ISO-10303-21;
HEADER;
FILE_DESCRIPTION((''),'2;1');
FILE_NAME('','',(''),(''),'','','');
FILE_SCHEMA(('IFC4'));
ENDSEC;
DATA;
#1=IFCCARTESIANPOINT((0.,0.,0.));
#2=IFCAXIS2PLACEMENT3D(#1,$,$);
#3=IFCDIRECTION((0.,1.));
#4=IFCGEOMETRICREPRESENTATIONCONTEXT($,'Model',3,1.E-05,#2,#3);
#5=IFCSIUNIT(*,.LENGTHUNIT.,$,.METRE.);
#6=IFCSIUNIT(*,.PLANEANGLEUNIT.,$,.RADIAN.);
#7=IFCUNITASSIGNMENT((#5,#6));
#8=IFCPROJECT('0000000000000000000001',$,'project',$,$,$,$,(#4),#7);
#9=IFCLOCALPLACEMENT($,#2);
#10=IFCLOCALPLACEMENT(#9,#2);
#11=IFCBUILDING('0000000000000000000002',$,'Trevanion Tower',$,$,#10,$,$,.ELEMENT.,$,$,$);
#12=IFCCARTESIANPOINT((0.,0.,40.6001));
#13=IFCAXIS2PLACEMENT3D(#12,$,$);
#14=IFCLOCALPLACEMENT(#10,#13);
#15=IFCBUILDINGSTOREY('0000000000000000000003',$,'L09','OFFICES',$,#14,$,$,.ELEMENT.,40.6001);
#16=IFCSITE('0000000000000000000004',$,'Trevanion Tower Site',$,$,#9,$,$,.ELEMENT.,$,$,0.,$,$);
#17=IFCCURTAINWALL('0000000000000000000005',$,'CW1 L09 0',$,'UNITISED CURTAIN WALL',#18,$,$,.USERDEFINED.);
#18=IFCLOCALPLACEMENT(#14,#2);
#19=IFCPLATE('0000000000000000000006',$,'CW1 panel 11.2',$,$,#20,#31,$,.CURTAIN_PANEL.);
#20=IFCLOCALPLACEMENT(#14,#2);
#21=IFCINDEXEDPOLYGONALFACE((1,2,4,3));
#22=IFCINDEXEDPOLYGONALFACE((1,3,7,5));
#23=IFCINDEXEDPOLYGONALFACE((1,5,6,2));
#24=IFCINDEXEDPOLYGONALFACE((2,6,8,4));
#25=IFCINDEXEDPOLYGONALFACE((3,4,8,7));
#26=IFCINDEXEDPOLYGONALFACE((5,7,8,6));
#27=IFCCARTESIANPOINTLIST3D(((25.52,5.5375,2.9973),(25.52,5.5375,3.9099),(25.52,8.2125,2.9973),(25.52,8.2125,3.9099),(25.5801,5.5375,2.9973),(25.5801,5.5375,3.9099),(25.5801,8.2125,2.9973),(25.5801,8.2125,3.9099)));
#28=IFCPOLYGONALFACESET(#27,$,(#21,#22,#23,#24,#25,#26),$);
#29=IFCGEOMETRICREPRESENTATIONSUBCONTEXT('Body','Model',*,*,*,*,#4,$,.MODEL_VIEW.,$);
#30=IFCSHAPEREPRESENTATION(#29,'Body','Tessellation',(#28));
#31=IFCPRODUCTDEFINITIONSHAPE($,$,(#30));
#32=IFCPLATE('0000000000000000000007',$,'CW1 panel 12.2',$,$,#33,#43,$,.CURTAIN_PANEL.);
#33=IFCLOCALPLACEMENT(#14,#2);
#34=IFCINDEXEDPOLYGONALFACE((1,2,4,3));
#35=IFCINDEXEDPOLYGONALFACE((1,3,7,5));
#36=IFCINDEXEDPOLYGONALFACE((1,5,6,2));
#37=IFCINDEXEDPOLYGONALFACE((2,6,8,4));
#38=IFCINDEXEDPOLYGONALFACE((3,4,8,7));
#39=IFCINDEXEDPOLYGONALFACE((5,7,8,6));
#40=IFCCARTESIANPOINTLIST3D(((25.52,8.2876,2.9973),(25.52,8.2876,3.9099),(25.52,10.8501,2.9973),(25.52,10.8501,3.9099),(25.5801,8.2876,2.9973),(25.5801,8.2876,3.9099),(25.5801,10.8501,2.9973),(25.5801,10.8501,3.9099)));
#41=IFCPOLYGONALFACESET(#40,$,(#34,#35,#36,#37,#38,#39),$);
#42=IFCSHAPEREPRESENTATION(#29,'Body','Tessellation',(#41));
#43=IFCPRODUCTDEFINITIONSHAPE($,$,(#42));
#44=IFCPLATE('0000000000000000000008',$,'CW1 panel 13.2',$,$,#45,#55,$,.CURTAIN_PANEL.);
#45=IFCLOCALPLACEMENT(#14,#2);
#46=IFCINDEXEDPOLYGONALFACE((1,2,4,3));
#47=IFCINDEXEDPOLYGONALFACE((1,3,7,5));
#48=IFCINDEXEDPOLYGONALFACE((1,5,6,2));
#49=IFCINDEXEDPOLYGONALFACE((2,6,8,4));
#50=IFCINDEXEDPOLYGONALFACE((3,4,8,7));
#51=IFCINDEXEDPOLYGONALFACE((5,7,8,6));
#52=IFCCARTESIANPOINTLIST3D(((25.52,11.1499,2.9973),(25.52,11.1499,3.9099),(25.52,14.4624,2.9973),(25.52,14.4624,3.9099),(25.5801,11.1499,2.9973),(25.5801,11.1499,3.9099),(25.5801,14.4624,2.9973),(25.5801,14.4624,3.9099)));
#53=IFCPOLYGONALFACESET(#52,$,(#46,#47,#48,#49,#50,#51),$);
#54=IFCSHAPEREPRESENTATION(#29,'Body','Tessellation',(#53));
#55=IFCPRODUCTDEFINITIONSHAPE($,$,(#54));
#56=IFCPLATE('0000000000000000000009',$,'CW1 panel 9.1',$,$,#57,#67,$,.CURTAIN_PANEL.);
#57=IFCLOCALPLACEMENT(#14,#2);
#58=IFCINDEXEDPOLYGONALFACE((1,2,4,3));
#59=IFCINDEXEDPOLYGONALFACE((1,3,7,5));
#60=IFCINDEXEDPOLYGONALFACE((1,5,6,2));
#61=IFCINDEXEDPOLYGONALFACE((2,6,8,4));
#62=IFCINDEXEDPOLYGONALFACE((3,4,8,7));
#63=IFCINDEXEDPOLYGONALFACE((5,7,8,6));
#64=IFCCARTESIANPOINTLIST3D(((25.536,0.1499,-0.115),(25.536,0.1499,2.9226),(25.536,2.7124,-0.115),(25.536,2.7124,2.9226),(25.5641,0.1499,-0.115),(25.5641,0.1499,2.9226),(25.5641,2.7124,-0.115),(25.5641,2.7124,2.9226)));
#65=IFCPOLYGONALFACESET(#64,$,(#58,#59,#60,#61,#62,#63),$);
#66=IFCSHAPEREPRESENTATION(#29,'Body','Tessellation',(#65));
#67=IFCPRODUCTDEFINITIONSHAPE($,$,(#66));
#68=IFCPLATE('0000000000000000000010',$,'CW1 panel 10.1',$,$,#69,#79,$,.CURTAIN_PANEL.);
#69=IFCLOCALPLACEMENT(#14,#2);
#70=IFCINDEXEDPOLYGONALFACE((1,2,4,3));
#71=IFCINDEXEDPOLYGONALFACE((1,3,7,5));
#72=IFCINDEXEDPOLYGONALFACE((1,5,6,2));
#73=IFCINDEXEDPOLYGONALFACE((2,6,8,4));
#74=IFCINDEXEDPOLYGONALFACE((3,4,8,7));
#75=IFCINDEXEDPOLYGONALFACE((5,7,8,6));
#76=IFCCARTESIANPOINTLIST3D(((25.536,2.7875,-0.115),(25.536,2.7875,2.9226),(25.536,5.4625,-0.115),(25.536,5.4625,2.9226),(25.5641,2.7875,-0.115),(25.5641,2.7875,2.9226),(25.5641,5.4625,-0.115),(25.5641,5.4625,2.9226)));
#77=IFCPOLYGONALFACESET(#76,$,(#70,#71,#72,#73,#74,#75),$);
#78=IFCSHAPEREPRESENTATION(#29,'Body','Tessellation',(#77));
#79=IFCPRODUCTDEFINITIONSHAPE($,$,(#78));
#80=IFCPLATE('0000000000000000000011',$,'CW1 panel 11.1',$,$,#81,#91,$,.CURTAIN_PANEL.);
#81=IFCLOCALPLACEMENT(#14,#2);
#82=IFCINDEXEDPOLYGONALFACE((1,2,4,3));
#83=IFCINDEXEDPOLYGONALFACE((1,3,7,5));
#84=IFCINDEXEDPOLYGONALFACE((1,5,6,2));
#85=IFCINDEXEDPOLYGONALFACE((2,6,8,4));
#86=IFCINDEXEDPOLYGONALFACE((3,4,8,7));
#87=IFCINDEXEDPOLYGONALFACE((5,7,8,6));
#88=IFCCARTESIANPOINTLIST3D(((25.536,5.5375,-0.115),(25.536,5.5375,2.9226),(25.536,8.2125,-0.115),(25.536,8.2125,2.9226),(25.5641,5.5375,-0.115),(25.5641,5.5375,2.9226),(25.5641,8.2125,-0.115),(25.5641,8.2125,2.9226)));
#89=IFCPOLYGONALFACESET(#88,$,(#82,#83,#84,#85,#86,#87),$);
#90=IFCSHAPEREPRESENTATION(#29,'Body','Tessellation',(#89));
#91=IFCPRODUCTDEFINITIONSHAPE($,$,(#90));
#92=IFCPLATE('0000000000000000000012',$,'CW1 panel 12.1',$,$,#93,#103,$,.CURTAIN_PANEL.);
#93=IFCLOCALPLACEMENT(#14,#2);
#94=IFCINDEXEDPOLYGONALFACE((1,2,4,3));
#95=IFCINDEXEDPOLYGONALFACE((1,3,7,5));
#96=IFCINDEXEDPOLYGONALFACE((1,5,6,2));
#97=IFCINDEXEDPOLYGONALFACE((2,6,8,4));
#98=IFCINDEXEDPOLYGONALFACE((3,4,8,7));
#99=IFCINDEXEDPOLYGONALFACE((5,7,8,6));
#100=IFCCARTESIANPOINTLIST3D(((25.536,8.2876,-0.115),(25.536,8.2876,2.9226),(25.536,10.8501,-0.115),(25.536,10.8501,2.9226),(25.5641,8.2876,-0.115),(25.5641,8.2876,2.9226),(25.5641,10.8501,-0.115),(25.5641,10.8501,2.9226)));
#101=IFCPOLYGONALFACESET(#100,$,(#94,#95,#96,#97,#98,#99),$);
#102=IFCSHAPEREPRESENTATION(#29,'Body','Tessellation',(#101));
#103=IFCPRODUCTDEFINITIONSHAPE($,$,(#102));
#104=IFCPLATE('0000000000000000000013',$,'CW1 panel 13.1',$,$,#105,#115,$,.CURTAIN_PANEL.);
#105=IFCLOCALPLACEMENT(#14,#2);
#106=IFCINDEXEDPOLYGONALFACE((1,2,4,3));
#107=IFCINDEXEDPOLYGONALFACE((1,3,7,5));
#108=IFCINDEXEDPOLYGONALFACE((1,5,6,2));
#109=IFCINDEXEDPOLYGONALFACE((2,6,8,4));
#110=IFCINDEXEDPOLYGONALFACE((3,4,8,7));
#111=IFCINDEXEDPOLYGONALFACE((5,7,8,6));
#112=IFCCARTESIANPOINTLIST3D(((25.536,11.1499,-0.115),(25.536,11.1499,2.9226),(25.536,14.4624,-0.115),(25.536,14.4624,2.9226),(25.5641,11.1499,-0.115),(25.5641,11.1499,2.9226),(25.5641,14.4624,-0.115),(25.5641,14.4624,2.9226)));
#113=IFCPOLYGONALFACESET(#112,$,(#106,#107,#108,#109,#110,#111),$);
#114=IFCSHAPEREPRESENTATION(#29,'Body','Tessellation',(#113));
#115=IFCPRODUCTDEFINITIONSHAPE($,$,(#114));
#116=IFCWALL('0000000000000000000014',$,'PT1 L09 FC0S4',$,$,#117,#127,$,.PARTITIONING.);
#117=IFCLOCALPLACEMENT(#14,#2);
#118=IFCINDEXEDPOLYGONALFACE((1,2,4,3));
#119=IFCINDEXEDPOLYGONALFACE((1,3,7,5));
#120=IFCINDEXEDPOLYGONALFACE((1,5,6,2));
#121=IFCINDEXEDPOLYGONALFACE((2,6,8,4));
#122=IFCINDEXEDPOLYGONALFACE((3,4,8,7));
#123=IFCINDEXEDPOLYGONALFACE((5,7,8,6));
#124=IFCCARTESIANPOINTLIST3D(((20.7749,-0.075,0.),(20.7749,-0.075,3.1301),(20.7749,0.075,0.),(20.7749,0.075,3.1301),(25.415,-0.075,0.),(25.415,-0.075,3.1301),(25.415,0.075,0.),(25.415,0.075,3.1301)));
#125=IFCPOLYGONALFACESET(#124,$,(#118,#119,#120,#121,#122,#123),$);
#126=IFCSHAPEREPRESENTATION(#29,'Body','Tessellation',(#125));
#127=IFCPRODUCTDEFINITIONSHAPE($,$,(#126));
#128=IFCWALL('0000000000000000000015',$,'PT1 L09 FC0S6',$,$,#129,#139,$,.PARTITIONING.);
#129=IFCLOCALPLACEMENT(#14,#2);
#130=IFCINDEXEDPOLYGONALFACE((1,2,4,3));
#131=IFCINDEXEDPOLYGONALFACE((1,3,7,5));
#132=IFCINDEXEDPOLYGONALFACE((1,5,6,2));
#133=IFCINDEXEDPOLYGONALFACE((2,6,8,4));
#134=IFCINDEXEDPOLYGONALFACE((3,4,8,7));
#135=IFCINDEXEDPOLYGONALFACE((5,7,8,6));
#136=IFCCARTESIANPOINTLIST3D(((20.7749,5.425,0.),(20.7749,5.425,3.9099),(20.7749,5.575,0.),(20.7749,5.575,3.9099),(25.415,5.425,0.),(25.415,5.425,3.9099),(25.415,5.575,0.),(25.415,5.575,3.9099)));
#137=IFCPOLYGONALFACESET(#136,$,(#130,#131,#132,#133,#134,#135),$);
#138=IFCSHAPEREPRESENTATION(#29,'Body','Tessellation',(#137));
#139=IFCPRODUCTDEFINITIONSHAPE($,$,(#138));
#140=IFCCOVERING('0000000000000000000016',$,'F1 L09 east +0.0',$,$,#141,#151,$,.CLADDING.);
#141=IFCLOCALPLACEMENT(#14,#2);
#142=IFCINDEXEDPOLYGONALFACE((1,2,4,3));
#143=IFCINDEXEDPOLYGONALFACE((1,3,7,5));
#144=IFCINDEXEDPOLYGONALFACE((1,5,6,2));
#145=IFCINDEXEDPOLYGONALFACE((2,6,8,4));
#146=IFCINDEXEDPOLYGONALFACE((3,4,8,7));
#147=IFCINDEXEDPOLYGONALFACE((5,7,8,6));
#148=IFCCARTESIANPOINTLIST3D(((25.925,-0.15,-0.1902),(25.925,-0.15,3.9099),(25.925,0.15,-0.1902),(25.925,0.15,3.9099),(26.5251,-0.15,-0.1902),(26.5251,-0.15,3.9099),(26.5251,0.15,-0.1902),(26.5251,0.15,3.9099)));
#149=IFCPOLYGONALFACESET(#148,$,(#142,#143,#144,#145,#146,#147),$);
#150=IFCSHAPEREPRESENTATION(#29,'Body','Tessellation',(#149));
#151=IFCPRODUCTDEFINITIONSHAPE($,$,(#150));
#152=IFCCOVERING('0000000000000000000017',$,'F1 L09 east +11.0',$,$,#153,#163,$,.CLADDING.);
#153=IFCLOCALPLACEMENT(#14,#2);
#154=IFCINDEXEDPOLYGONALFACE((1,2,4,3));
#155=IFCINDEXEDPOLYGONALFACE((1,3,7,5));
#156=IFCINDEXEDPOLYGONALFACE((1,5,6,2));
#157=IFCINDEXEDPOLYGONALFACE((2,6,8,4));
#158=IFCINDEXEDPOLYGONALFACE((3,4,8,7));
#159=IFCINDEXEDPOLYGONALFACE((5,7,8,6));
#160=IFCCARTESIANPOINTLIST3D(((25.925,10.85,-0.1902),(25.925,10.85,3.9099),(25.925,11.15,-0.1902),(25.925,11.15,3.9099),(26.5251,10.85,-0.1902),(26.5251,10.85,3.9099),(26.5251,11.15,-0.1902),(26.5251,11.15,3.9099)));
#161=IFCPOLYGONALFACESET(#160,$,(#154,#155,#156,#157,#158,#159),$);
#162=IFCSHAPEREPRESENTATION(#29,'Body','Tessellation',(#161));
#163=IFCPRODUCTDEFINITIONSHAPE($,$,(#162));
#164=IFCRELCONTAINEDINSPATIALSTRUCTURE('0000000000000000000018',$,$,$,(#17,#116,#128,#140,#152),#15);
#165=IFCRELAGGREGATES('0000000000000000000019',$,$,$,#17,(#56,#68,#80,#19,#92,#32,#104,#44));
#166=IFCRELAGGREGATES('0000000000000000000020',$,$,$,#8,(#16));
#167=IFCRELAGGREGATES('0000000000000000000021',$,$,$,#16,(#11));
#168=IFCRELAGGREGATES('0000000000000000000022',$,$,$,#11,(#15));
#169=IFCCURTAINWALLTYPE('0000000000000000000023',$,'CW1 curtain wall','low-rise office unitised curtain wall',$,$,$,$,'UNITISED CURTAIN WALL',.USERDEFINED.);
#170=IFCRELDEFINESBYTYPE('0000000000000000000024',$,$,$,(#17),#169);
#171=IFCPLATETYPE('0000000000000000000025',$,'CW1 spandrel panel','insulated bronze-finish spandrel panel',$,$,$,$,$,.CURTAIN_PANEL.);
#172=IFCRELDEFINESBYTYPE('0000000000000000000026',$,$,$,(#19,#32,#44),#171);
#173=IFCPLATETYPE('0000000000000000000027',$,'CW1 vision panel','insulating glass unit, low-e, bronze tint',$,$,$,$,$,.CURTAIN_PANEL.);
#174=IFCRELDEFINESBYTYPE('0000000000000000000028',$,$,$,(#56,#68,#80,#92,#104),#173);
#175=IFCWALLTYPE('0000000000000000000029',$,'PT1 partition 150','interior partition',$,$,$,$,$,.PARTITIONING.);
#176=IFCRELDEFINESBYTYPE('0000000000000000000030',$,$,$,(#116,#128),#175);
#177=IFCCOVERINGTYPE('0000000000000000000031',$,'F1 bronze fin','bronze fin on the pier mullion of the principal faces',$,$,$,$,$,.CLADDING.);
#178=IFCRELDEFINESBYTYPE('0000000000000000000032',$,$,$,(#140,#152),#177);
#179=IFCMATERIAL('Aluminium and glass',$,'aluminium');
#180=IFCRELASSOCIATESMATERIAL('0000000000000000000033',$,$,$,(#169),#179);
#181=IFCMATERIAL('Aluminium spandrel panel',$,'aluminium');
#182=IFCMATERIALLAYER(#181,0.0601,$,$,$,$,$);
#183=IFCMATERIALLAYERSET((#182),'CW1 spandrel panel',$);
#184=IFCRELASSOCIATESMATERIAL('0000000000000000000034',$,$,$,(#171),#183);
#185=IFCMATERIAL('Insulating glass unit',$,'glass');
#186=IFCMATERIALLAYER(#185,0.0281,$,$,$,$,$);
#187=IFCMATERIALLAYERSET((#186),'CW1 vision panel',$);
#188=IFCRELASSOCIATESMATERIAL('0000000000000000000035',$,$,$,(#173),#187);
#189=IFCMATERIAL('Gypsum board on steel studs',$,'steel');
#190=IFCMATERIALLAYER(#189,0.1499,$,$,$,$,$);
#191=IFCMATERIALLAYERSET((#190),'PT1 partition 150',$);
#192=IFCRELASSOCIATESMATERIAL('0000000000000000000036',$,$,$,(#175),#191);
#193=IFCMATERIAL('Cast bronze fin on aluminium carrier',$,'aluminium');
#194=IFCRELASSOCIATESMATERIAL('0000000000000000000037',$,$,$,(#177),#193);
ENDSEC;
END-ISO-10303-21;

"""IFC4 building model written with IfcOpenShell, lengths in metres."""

from ifc_helpers import new_model, si_unit, direction, frame, frame_2d, origin, origin_2d, place, context, subcontext, project, spatial, rectangle, extrude, material, layer, layer_set, type_object, element, aggregate, save


model = new_model("IFC4")

# Units and contexts
model_context = context("Model", 3, precision=1e-05, world=origin(), true_north=direction((0.0, 1.0)))
body_context = subcontext(model_context, "Body", "Model", "MODEL_VIEW")
ifc_project = project(units=[si_unit("LENGTHUNIT", "METRE"), si_unit("PLANEANGLEUNIT", "RADIAN")], contexts=[model_context])

# Site, building, storey
site_placement = place(None, origin())
site = spatial("IfcSite", under=ifc_project, at=site_placement, Name="Trevanion Tower Site", CompositionType="ELEMENT", RefElevation=0.0)
building_placement = place(site_placement, origin())
building = spatial("IfcBuilding", under=site, at=building_placement, Name="Trevanion Tower", CompositionType="ELEMENT")
storey_placement = place(building_placement, frame((0.0, 0.0, 40.6001)))
storey = spatial("IfcBuildingStorey", under=building, at=storey_placement, Name="L09", Description="OFFICES", CompositionType="ELEMENT", Elevation=40.6001)

# Curtain wall
ifc_material_1 = material(Name="Aluminium and glass", Category="aluminium")
curtain_wall_type = type_object("IfcCurtainWallType", Name="CW1 curtain wall", Description="low-rise office unitised curtain wall", ElementType="UNITISED CURTAIN WALL", PredefinedType="USERDEFINED", material=ifc_material_1)
curtain_wall_placement = place(storey_placement, origin())
curtain_wall = element("IfcCurtainWall", 1, at=curtain_wall_placement, inside=storey, type_object=curtain_wall_type, Name="CW1 L09 0", ObjectType="UNITISED CURTAIN WALL", PredefinedType="USERDEFINED")

# Plates
ifc_material_2 = material(Name="Aluminium spandrel panel", Category="aluminium")
ifc_layer_1 = layer(ifc_material_2, 0.0601)
ifc_layer_set_1 = layer_set([ifc_layer_1], Name="CW1 spandrel panel")
plate_type_1 = type_object("IfcPlateType", Name="CW1 spandrel panel", Description="insulated bronze-finish spandrel panel", PredefinedType="CURTAIN_PANEL", material=ifc_layer_set_1)
plate_1_placement = place(storey_placement, frame((25.55, 6.875, 2.9973), z_axis=(0.0, 0.0, 1.0), x_axis=(0.0, 1.0, 0.0)))
plate_1 = element("IfcPlate", 2, at=plate_1_placement, type_object=plate_type_1, Name="CW1 panel 11.2", PredefinedType="CURTAIN_PANEL", context=body_context, shape_type="SweptSolid", body=[
    extrude(rectangle(XDim=2.675, YDim=0.0601, at=origin_2d()), origin(), (0.0, 0.0, 1.0), 0.9126),
])
plate_2_placement = place(storey_placement, frame((25.55, 9.5688, 2.9973), z_axis=(0.0, 0.0, 1.0), x_axis=(0.0, 1.0, 0.0)))
plate_2 = element("IfcPlate", 3, at=plate_2_placement, type_object=plate_type_1, Name="CW1 panel 12.2", PredefinedType="CURTAIN_PANEL", context=body_context, shape_type="SweptSolid", body=[
    extrude(rectangle(XDim=2.5625, YDim=0.0601, at=origin_2d()), origin(), (0.0, 0.0, 1.0), 0.9126),
])
plate_3_placement = place(storey_placement, frame((25.55, 12.8062, 2.9973), z_axis=(0.0, 0.0, 1.0), x_axis=(0.0, 1.0, 0.0)))
plate_3 = element("IfcPlate", 4, at=plate_3_placement, type_object=plate_type_1, Name="CW1 panel 13.2", PredefinedType="CURTAIN_PANEL", context=body_context, shape_type="SweptSolid", body=[
    extrude(rectangle(XDim=3.3125, YDim=0.0601, at=origin_2d()), origin(), (0.0, 0.0, 1.0), 0.9126),
])
ifc_material_3 = material(Name="Insulating glass unit", Category="glass")
ifc_layer_2 = layer(ifc_material_3, 0.0281)
ifc_layer_set_2 = layer_set([ifc_layer_2], Name="CW1 vision panel")
plate_type_2 = type_object("IfcPlateType", Name="CW1 vision panel", Description="insulating glass unit, low-e, bronze tint", PredefinedType="CURTAIN_PANEL", material=ifc_layer_set_2)
plate_4_placement = place(storey_placement, frame((25.55, 1.4312, -0.115), z_axis=(0.0, 0.0, 1.0), x_axis=(0.0, 1.0, 0.0)))
plate_4 = element("IfcPlate", 5, at=plate_4_placement, type_object=plate_type_2, Name="CW1 panel 9.1", PredefinedType="CURTAIN_PANEL", context=body_context, shape_type="SweptSolid", body=[
    extrude(rectangle(XDim=2.5625, YDim=0.0281, at=origin_2d()), origin(), (0.0, 0.0, 1.0), 3.0376),
])
plate_5_placement = place(storey_placement, frame((25.55, 4.125, -0.115), z_axis=(0.0, 0.0, 1.0), x_axis=(0.0, 1.0, 0.0)))
plate_5 = element("IfcPlate", 6, at=plate_5_placement, type_object=plate_type_2, Name="CW1 panel 10.1", PredefinedType="CURTAIN_PANEL", context=body_context, shape_type="SweptSolid", body=[
    extrude(rectangle(XDim=2.675, YDim=0.0281, at=origin_2d()), origin(), (0.0, 0.0, 1.0), 3.0376),
])
plate_6_placement = place(storey_placement, frame((25.55, 6.875, -0.115), z_axis=(0.0, 0.0, 1.0), x_axis=(0.0, 1.0, 0.0)))
plate_6 = element("IfcPlate", 7, at=plate_6_placement, type_object=plate_type_2, Name="CW1 panel 11.1", PredefinedType="CURTAIN_PANEL", context=body_context, shape_type="SweptSolid", body=[
    extrude(rectangle(XDim=2.675, YDim=0.0281, at=origin_2d()), origin(), (0.0, 0.0, 1.0), 3.0376),
])
plate_7_placement = place(storey_placement, frame((25.55, 9.5688, -0.115), z_axis=(0.0, 0.0, 1.0), x_axis=(0.0, 1.0, 0.0)))
plate_7 = element("IfcPlate", 8, at=plate_7_placement, type_object=plate_type_2, Name="CW1 panel 12.1", PredefinedType="CURTAIN_PANEL", context=body_context, shape_type="SweptSolid", body=[
    extrude(rectangle(XDim=2.5625, YDim=0.0281, at=origin_2d()), origin(), (0.0, 0.0, 1.0), 3.0376),
])
plate_8_placement = place(storey_placement, frame((25.55, 12.8062, -0.115), z_axis=(0.0, 0.0, 1.0), x_axis=(0.0, 1.0, 0.0)))
plate_8 = element("IfcPlate", 9, at=plate_8_placement, type_object=plate_type_2, Name="CW1 panel 13.1", PredefinedType="CURTAIN_PANEL", context=body_context, shape_type="SweptSolid", body=[
    extrude(rectangle(XDim=3.3125, YDim=0.0281, at=origin_2d()), origin(), (0.0, 0.0, 1.0), 3.0376),
])
aggregate(curtain_wall, [plate_4, plate_5, plate_6, plate_1, plate_7, plate_2, plate_8, plate_3])

# Walls
ifc_material_4 = material(Name="Gypsum board on steel studs", Category="steel")
ifc_layer_3 = layer(ifc_material_4, 0.1499)
ifc_layer_set_3 = layer_set([ifc_layer_3], Name="PT1 partition 150")
wall_type = type_object("IfcWallType", Name="PT1 partition 150", Description="interior partition", PredefinedType="PARTITIONING", material=ifc_layer_set_3)
wall_1_placement = place(storey_placement, frame((20.7749, 0.0, 0.0), z_axis=(0.0, 0.0, 1.0), x_axis=(1.0, 0.0, 0.0)))
element("IfcWall", 10, at=wall_1_placement, inside=storey, type_object=wall_type, Name="PT1 L09 FC0S4", PredefinedType="PARTITIONING", context=body_context, shape_type="SweptSolid", body=[
    extrude(rectangle(XDim=4.6401, YDim=0.1499, at=frame_2d((2.3201, 0.0))), origin(), (0.0, 0.0, 1.0), 3.1301),
])
wall_2_placement = place(storey_placement, frame((20.7749, 5.5, 0.0), z_axis=(0.0, 0.0, 1.0), x_axis=(1.0, 0.0, 0.0)))
element("IfcWall", 11, at=wall_2_placement, inside=storey, type_object=wall_type, Name="PT1 L09 FC0S6", PredefinedType="PARTITIONING", context=body_context, shape_type="SweptSolid", body=[
    extrude(rectangle(XDim=4.6401, YDim=0.1499, at=frame_2d((2.3201, 0.0))), origin(), (0.0, 0.0, 1.0), 3.9099),
])

# Coverings
ifc_material_5 = material(Name="Cast bronze fin on aluminium carrier", Category="aluminium")
covering_type = type_object("IfcCoveringType", Name="F1 bronze fin", Description="bronze fin on the pier mullion of the principal faces", PredefinedType="CLADDING", material=ifc_material_5)
for number, where, z_axis, x_axis, name in (
    (12, (26.2251, 0.0, -0.1902), (0.0, 0.0, 1.0), (0.0, 1.0, 0.0), "F1 L09 east +0.0"),
    (13, (26.2251, 11.0, -0.1902), (0.0, 0.0, 1.0), (0.0, 1.0, 0.0), "F1 L09 east +11.0"),
):
    element("IfcCovering", number, at=place(storey_placement, frame(where, z_axis=z_axis, x_axis=x_axis)), inside=storey, type_object=covering_type, Name=name, PredefinedType="CLADDING", context=body_context, shape_type="SweptSolid", body=[
        extrude(rectangle(XDim=0.3, YDim=0.6001, at=origin_2d()), origin(), (0.0, 0.0, 1.0), 4.1001),
    ])

save(model, "model.ifc")
